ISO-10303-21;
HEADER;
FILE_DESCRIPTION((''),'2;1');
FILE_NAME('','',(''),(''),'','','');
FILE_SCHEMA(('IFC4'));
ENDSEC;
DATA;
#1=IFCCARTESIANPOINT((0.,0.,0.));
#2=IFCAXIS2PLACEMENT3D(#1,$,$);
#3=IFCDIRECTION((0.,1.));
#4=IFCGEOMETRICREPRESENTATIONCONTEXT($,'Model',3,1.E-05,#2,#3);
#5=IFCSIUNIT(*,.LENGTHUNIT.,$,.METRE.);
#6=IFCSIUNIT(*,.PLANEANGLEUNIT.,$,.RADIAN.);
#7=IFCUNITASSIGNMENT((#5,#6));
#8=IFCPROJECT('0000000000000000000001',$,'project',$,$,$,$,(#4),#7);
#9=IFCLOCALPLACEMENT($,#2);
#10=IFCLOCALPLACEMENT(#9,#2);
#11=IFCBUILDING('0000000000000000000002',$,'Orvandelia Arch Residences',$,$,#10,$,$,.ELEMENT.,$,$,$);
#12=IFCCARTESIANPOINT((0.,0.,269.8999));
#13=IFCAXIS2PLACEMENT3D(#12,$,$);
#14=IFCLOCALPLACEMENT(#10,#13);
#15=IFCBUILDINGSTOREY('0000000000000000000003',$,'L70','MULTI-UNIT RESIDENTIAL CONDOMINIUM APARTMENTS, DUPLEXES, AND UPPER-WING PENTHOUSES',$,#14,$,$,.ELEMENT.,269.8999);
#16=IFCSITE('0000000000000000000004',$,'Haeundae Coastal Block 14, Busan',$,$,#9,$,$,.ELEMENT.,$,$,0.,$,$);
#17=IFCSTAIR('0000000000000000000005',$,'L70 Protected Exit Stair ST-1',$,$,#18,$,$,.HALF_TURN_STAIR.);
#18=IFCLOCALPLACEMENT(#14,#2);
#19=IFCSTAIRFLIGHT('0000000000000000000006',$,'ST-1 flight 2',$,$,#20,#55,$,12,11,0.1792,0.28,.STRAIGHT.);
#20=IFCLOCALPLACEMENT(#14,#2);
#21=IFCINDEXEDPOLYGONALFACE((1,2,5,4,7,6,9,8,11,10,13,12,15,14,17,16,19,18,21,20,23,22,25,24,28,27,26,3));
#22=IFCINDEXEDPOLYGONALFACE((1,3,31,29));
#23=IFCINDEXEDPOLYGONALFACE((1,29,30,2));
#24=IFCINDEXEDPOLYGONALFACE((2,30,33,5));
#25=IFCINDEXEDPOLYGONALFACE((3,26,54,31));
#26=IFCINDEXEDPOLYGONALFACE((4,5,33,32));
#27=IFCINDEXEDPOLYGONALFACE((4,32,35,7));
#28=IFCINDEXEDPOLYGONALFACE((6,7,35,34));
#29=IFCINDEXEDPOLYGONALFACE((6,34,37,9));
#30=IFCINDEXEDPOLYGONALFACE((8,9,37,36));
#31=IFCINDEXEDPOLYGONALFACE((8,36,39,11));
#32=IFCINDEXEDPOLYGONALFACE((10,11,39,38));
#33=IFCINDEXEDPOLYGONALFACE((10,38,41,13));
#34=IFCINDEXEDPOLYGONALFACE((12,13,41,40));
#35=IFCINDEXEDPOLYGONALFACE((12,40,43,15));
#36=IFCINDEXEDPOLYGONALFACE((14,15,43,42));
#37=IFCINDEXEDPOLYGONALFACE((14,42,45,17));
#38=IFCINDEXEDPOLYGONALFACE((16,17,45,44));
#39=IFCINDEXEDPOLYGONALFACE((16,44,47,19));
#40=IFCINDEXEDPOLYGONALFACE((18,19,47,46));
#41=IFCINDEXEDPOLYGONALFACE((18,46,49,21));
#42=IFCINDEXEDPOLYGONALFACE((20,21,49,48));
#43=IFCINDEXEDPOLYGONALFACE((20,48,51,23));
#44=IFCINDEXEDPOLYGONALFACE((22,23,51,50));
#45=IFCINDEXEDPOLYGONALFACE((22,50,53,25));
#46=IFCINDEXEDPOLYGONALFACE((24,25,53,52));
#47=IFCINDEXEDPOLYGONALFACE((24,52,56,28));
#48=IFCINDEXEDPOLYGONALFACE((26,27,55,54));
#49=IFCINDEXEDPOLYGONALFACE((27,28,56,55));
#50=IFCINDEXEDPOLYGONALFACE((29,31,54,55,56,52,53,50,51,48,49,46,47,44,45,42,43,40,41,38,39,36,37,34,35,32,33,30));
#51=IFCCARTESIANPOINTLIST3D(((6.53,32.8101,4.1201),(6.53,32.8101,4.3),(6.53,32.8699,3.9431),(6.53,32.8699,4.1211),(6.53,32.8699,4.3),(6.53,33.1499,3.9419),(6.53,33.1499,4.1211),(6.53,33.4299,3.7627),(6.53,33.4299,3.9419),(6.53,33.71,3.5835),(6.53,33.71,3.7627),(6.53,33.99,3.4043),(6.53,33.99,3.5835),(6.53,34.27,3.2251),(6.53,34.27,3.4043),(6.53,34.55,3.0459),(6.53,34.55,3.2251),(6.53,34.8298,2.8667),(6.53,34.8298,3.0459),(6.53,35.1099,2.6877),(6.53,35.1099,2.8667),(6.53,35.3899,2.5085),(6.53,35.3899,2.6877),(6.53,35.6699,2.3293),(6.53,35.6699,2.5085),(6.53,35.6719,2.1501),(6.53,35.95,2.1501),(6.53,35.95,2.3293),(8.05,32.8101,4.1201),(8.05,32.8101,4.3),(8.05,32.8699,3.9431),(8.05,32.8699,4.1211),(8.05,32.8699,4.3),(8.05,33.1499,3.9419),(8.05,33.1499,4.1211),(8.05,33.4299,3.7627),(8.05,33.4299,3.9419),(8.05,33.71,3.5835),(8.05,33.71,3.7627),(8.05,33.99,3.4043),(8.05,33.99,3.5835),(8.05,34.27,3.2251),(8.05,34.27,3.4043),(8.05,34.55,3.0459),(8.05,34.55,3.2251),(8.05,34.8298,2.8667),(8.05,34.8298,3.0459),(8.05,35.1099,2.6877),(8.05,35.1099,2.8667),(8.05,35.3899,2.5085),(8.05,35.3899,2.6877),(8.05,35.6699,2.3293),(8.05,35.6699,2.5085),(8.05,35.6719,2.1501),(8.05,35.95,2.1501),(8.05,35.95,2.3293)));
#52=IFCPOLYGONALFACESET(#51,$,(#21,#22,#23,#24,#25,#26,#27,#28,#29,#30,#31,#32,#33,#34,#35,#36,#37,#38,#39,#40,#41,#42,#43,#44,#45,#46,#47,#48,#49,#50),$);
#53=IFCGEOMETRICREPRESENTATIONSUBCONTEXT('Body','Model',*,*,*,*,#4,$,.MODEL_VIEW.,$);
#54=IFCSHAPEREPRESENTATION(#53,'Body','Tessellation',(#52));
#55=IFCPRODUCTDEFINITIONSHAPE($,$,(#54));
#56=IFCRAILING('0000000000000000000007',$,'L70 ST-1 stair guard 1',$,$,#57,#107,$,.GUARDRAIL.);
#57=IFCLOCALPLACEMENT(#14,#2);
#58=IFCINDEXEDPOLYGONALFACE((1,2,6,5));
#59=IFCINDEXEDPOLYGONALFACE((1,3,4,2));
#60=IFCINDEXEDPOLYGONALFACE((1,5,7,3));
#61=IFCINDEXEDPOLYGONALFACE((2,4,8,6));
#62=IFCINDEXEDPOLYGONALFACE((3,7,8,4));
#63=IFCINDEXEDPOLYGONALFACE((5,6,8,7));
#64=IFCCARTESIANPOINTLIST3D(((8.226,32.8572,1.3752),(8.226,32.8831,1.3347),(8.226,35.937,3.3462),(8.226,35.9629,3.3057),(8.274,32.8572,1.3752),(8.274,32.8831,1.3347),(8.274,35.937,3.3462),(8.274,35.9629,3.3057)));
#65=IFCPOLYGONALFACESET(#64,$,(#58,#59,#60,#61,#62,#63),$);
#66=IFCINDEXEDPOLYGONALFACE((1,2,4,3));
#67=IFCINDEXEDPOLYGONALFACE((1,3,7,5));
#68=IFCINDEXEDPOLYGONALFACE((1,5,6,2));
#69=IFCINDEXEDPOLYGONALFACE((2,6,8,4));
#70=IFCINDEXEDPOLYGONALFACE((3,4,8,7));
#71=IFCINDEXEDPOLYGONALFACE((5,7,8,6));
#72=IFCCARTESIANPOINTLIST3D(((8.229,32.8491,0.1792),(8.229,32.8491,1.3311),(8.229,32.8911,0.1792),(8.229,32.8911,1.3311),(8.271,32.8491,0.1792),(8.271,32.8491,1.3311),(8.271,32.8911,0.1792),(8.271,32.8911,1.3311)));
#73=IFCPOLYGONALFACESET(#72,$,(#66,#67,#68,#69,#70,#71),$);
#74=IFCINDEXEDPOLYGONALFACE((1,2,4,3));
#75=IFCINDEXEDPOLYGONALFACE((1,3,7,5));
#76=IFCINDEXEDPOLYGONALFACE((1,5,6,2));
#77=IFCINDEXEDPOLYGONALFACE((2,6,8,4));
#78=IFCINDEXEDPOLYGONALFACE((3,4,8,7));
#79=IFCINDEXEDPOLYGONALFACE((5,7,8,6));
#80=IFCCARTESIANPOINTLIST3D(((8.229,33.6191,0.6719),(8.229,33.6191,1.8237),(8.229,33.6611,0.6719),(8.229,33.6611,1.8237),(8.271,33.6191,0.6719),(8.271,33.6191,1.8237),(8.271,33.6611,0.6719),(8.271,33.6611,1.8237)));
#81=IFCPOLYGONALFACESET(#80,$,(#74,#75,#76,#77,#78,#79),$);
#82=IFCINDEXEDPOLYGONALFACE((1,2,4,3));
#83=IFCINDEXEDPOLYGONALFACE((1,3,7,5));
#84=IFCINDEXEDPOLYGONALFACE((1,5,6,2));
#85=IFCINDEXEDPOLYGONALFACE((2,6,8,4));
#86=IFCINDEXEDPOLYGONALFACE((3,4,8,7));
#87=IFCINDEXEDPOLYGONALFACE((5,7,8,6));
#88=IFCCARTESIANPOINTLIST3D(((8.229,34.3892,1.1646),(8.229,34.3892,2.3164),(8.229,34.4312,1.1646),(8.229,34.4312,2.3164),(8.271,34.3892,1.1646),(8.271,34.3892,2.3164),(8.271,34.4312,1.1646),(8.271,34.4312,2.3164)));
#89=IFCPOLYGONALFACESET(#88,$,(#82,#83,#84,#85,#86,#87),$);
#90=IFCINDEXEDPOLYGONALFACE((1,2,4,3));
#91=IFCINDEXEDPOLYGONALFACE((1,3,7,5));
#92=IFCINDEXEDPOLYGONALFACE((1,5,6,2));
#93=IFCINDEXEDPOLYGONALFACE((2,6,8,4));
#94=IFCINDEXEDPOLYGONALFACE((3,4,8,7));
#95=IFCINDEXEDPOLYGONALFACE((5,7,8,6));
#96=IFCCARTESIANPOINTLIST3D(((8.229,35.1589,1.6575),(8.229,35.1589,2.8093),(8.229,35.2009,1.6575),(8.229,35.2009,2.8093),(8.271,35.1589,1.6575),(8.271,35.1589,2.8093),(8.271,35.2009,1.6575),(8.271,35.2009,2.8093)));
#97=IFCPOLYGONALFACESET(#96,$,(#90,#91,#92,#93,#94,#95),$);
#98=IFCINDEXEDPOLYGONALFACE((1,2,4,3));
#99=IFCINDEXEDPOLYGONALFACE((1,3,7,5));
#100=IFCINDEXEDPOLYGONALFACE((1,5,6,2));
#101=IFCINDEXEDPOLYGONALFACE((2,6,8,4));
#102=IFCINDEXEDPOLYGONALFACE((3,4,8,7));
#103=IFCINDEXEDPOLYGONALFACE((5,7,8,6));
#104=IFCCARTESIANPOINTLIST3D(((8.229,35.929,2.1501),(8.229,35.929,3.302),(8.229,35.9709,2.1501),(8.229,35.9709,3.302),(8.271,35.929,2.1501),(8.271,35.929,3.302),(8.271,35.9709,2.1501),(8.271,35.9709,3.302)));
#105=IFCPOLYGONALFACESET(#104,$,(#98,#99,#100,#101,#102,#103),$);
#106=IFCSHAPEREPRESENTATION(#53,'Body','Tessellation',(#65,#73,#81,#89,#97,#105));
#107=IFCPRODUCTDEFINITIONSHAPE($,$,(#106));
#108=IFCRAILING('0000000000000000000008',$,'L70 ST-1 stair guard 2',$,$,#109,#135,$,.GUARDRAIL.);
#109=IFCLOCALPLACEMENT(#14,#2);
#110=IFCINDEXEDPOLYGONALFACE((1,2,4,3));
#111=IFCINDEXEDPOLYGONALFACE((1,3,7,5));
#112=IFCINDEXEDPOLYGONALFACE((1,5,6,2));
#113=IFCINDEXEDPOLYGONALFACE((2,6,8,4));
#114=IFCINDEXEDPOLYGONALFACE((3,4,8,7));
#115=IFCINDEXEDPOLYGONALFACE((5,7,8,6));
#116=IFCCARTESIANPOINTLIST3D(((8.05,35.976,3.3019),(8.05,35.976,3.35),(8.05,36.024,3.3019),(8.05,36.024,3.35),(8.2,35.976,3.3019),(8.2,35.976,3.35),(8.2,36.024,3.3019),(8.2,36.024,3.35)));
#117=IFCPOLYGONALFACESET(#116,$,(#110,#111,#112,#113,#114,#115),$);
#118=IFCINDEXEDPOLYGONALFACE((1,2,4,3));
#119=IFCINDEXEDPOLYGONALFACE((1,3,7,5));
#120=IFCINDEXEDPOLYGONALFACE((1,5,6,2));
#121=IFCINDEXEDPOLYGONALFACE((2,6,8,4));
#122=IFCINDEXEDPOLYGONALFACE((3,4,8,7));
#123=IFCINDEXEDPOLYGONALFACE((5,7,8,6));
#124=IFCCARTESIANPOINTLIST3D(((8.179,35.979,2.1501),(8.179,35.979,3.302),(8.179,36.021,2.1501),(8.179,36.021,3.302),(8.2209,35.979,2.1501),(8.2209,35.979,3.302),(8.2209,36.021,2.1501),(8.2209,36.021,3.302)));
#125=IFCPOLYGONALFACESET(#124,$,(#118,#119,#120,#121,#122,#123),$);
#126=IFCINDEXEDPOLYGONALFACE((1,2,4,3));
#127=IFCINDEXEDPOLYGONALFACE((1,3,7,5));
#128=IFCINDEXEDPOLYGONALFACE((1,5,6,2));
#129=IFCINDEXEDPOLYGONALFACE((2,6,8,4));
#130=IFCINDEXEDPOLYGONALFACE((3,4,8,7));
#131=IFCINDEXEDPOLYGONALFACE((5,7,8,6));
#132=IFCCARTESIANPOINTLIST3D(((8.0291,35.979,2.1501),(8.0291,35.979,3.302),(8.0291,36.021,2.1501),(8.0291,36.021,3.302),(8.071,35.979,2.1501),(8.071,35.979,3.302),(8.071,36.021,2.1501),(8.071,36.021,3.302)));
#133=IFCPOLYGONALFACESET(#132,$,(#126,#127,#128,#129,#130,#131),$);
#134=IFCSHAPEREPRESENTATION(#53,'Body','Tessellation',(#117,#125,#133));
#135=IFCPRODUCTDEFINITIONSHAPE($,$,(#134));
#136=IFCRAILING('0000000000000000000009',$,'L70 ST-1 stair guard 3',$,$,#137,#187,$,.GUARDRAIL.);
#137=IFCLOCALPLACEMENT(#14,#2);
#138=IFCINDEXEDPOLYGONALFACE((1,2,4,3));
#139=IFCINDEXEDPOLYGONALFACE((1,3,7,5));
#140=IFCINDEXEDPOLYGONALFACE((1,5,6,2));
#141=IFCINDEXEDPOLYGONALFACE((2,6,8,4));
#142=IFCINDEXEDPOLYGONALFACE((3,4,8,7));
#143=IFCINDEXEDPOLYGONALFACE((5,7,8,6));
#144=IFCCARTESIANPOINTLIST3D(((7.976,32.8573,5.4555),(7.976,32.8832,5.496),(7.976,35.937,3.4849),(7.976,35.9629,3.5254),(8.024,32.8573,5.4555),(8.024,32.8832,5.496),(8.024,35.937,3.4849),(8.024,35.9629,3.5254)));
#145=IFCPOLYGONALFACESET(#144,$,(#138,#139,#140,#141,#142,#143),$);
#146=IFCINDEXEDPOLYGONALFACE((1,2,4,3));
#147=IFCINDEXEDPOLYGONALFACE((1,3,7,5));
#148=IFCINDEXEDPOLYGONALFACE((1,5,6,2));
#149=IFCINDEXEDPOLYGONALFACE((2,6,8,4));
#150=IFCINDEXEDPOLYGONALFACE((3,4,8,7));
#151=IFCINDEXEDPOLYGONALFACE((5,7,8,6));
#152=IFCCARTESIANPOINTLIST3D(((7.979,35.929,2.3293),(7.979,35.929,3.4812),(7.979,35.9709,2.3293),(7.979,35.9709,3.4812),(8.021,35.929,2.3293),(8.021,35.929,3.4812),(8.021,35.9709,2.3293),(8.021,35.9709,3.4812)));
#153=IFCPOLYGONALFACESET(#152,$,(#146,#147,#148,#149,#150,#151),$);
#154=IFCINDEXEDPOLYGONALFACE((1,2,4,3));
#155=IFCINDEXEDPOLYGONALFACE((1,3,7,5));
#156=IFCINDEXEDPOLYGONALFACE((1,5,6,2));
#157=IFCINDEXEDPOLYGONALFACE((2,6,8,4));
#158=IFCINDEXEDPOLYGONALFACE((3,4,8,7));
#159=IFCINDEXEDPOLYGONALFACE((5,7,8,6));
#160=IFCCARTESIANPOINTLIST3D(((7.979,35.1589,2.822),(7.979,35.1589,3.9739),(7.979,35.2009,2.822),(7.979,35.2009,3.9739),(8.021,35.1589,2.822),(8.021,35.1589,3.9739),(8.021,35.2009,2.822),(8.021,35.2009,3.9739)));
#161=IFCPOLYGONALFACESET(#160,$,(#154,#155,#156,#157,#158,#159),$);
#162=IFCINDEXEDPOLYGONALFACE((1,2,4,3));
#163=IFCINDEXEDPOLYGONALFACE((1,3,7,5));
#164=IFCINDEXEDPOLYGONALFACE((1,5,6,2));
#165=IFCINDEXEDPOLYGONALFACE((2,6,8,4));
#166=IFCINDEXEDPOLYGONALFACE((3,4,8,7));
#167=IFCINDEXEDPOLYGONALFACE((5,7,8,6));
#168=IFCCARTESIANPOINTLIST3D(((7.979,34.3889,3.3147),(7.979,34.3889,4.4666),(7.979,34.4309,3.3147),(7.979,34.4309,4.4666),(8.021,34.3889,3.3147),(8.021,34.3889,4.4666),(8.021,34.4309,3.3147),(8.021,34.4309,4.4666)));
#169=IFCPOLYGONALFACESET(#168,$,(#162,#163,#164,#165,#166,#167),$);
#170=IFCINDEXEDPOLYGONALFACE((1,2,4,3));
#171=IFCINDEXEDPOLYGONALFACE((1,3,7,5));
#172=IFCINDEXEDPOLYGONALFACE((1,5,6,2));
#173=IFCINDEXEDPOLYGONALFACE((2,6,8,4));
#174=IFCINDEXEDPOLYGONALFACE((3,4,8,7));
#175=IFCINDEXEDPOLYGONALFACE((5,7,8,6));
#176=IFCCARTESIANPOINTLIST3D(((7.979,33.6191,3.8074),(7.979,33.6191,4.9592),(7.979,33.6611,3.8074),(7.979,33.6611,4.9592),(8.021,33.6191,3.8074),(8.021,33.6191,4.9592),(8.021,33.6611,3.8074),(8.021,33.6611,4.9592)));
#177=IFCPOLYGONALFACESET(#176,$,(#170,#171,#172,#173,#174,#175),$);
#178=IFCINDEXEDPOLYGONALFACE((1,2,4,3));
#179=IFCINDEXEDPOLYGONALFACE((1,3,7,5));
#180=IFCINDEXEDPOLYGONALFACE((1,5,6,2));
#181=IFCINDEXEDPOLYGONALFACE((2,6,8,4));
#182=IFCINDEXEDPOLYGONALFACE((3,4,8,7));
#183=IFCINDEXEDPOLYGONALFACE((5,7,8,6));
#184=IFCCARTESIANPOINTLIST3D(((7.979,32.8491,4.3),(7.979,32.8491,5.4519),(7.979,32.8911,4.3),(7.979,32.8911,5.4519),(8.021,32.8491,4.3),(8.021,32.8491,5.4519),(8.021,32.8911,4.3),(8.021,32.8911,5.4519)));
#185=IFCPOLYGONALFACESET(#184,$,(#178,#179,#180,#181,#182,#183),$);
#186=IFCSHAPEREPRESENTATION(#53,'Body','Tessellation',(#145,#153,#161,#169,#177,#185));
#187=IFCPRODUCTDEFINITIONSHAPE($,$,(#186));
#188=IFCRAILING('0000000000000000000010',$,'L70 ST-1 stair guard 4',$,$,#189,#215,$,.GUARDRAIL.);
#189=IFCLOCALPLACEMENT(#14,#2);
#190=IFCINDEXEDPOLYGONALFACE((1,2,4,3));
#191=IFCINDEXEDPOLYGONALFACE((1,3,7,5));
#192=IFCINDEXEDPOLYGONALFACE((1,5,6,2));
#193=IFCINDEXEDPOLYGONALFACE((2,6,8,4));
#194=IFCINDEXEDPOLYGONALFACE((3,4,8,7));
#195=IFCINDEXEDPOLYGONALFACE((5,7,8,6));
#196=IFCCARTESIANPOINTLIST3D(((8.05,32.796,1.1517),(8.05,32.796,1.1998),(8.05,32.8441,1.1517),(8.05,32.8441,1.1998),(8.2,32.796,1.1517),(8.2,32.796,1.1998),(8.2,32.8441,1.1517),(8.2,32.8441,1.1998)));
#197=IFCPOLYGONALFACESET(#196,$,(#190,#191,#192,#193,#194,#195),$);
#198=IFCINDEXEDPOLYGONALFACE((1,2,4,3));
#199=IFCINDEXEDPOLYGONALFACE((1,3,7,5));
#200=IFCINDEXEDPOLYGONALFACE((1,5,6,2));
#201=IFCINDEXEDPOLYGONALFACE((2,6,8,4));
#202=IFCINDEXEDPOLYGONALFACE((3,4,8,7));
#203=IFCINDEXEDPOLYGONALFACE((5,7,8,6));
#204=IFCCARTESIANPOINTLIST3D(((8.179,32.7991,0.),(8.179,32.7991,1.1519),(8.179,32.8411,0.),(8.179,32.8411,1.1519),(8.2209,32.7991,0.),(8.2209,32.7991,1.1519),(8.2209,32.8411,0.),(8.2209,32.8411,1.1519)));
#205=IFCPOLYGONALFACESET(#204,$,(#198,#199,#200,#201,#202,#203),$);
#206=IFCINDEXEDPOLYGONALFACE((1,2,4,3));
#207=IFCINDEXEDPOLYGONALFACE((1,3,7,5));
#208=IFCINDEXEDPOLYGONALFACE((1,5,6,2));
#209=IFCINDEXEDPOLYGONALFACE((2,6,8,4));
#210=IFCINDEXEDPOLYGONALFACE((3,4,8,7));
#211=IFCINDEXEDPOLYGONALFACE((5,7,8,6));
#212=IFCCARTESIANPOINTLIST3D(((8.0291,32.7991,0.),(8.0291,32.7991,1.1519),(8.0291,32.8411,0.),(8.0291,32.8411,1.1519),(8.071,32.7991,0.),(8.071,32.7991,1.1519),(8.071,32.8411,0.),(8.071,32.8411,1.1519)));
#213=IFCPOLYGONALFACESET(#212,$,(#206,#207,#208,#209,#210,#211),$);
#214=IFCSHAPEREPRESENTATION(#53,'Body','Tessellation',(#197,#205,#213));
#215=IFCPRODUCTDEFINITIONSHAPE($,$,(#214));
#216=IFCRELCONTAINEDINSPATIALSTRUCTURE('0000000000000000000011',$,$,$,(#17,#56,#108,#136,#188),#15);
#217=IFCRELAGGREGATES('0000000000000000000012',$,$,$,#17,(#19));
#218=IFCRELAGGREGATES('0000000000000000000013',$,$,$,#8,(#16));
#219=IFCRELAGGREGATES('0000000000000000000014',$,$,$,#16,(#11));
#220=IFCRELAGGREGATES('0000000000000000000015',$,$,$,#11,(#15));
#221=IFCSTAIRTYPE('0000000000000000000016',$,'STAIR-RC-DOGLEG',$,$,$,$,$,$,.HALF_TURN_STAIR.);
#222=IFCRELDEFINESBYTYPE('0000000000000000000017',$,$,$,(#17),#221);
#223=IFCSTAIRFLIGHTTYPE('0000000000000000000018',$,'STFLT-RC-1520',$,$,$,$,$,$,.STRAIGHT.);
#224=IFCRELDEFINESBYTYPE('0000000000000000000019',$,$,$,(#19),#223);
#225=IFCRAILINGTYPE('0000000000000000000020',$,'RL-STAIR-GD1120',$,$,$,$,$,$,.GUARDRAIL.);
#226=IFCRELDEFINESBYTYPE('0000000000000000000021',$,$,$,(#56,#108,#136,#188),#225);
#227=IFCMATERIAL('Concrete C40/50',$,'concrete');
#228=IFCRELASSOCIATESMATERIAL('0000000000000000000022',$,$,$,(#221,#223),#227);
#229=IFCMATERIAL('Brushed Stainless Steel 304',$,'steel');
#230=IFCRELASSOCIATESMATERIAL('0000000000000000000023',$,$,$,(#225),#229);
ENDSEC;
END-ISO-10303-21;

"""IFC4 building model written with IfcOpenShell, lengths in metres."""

from ifc_helpers import new_model, si_unit, direction, frame, origin, origin_2d, place, context, subcontext, project, spatial, polyline, rectangle, outline, extrude, material, type_object, element, aggregate, save


model = new_model("IFC4")

# Units and contexts
model_context = context("Model", 3, precision=1e-05, world=origin(), true_north=direction((0.0, 1.0)))
body_context = subcontext(model_context, "Body", "Model", "MODEL_VIEW")
ifc_project = project(units=[si_unit("LENGTHUNIT", "METRE"), si_unit("PLANEANGLEUNIT", "RADIAN")], contexts=[model_context])

# Site, building, storey
site_placement = place(None, origin())
site = spatial("IfcSite", under=ifc_project, at=site_placement, Name="Haeundae Coastal Block 14, Busan", CompositionType="ELEMENT", RefElevation=0.0)
building_placement = place(site_placement, origin())
building = spatial("IfcBuilding", under=site, at=building_placement, Name="Orvandelia Arch Residences", CompositionType="ELEMENT")
storey_placement = place(building_placement, frame((0.0, 0.0, 269.8999)))
storey = spatial("IfcBuildingStorey", under=building, at=storey_placement, Name="L70", Description="MULTI-UNIT RESIDENTIAL CONDOMINIUM APARTMENTS, DUPLEXES, AND UPPER-WING PENTHOUSES", CompositionType="ELEMENT", Elevation=269.8999)

# Stair, stair flight
ifc_material_1 = material(Name="Concrete C40/50", Category="concrete")
stair_type = type_object("IfcStairType", Name="STAIR-RC-DOGLEG", PredefinedType="HALF_TURN_STAIR", material=ifc_material_1)
stair_placement = place(storey_placement, origin())
stair = element("IfcStair", 1, at=stair_placement, inside=storey, type_object=stair_type, Name="L70 Protected Exit Stair ST-1", PredefinedType="HALF_TURN_STAIR")
stair_flight_type = type_object("IfcStairFlightType", Name="STFLT-RC-1520", PredefinedType="STRAIGHT", material=ifc_material_1)
stair_flight_1_placement = place(storey_placement, frame((7.29, 35.95, 2.1501), z_axis=(0.0, 0.0, 1.0), x_axis=(0.0, -1.0, 0.0)))
stair_flight_1 = element("IfcStairFlight", 2, at=stair_flight_1_placement, type_object=stair_flight_type, Name="ST-1 flight 2", NumberOfRisers=12, NumberOfTreads=11, PredefinedType="STRAIGHT", RiserHeight=0.1792, TreadLength=0.28, context=body_context, shape_type="SweptSolid", body=[
    extrude(outline(polyline([(0.0, 0.0), (0.0, 0.1792), (0.28, 0.1792), (0.28, 0.3584), (0.5601, 0.3584), (0.5601, 0.5376), (0.8401, 0.5376), (0.8401, 0.7166), (1.1201, 0.7166), (1.1201, 0.8958), (1.3999, 0.8958), (1.3999, 1.075), (1.6799, 1.075), (1.6799, 1.2542), (1.96, 1.2542), (1.96, 1.4333), (2.24, 1.4333), (2.24, 1.6125), (2.52, 1.6125), (2.52, 1.7917), (2.8, 1.7917), (2.8, 1.9709), (3.0801, 1.9709), (3.0801, 2.1499), (3.1399, 2.1499), (3.1399, 1.97), (3.0801, 1.793), (0.2781, 0.0), (0.0, 0.0)])), frame((0.0, 0.76, 0.0), z_axis=(0.0, -1.0, 0.0), x_axis=(1.0, 0.0, 0.0)), (0.0, 0.0, 1.0), 1.52),
])
aggregate(stair, [stair_flight_1])

# Railings
ifc_material_2 = material(Name="Brushed Stainless Steel 304", Category="steel")
railing_type_1 = type_object("IfcRailingType", Name="RL-STAIR-GD1120", PredefinedType="GUARDRAIL", material=ifc_material_2)
railing_1_placement = place(storey_placement, frame((8.25, 32.8701, 0.1792)))
element("IfcRailing", 3, at=railing_1_placement, inside=storey, type_object=railing_type_1, Name="L70 ST-1 stair guard 1", PredefinedType="GUARDRAIL", context=body_context, shape_type="SweptSolid", body=[
    extrude(rectangle(XDim=0.0481, YDim=0.0481, at=origin_2d()), frame((0.0, 0.0, 1.1758), z_axis=(0.0, 0.84229, 0.539025), x_axis=(-1.0, 0.0, 0.0)), (0.0, 0.0, 1.0), 3.6565),
    extrude(rectangle(XDim=0.042, YDim=0.042, at=origin_2d()), origin(), (0.0, 0.0, 1.0), 1.1519),
    extrude(rectangle(XDim=0.042, YDim=0.042, at=origin_2d()), frame((0.0, 0.77, 0.4927)), (0.0, 0.0, 1.0), 1.1519),
    extrude(rectangle(XDim=0.042, YDim=0.042, at=origin_2d()), frame((0.0, 1.54, 0.9854)), (0.0, 0.0, 1.0), 1.1519),
    extrude(rectangle(XDim=0.042, YDim=0.042, at=origin_2d()), frame((0.0, 2.3098, 1.4783)), (0.0, 0.0, 1.0), 1.1519),
    extrude(rectangle(XDim=0.042, YDim=0.042, at=origin_2d()), frame((0.0, 3.0798, 1.9709)), (0.0, 0.0, 1.0), 1.1519),
])
railing_2_placement = place(storey_placement, frame((8.2, 36.0, 2.1501)))
element("IfcRailing", 4, at=railing_2_placement, inside=storey, type_object=railing_type_1, Name="L70 ST-1 stair guard 2", PredefinedType="GUARDRAIL", context=body_context, shape_type="SweptSolid", body=[
    extrude(rectangle(XDim=0.0481, YDim=0.0481, at=origin_2d()), frame((0.0, 0.0, 1.1758), z_axis=(-1.0, 0.0, 0.0), x_axis=(0.0, -1.0, 0.0)), (0.0, 0.0, 1.0), 0.1499),
    extrude(rectangle(XDim=0.042, YDim=0.042, at=origin_2d()), origin(), (0.0, 0.0, 1.0), 1.1519),
    extrude(rectangle(XDim=0.042, YDim=0.042, at=origin_2d()), frame((-0.1499, 0.0, 0.0)), (0.0, 0.0, 1.0), 1.1519),
])
railing_3_placement = place(storey_placement, frame((8.0, 35.95, 2.3293)))
element("IfcRailing", 5, at=railing_3_placement, inside=storey, type_object=railing_type_1, Name="L70 ST-1 stair guard 3", PredefinedType="GUARDRAIL", context=body_context, shape_type="SweptSolid", body=[
    extrude(rectangle(XDim=0.0481, YDim=0.0481, at=origin_2d()), frame((0.0, 0.0, 1.1758), z_axis=(0.0, -0.84232, 0.538978), x_axis=(1.0, 0.0, 0.0)), (0.0, 0.0, 1.0), 3.6562),
    extrude(rectangle(XDim=0.042, YDim=0.042, at=origin_2d()), origin(), (0.0, 0.0, 1.0), 1.1519),
    extrude(rectangle(XDim=0.042, YDim=0.042, at=origin_2d()), frame((0.0, -0.77, 0.4927)), (0.0, 0.0, 1.0), 1.1519),
    extrude(rectangle(XDim=0.042, YDim=0.042, at=origin_2d()), frame((0.0, -1.54, 0.9854)), (0.0, 0.0, 1.0), 1.1519),
    extrude(rectangle(XDim=0.042, YDim=0.042, at=origin_2d()), frame((0.0, -2.3098, 1.478)), (0.0, 0.0, 1.0), 1.1519),
    extrude(rectangle(XDim=0.042, YDim=0.042, at=origin_2d()), frame((0.0, -3.0798, 1.9707)), (0.0, 0.0, 1.0), 1.1519),
])
railing_4_placement = place(storey_placement, frame((8.2, 32.8201, 0.0)))
element("IfcRailing", 6, at=railing_4_placement, inside=storey, type_object=railing_type_1, Name="L70 ST-1 stair guard 4", PredefinedType="GUARDRAIL", context=body_context, shape_type="SweptSolid", body=[
    extrude(rectangle(XDim=0.0481, YDim=0.0481, at=origin_2d()), frame((0.0, 0.0, 1.1758), z_axis=(-1.0, 0.0, 0.0), x_axis=(0.0, -1.0, 0.0)), (0.0, 0.0, 1.0), 0.1499),
    extrude(rectangle(XDim=0.042, YDim=0.042, at=origin_2d()), origin(), (0.0, 0.0, 1.0), 1.1519),
    extrude(rectangle(XDim=0.042, YDim=0.042, at=origin_2d()), frame((-0.1499, 0.0, 0.0)), (0.0, 0.0, 1.0), 1.1519),
])

save(model, "model.ifc")
